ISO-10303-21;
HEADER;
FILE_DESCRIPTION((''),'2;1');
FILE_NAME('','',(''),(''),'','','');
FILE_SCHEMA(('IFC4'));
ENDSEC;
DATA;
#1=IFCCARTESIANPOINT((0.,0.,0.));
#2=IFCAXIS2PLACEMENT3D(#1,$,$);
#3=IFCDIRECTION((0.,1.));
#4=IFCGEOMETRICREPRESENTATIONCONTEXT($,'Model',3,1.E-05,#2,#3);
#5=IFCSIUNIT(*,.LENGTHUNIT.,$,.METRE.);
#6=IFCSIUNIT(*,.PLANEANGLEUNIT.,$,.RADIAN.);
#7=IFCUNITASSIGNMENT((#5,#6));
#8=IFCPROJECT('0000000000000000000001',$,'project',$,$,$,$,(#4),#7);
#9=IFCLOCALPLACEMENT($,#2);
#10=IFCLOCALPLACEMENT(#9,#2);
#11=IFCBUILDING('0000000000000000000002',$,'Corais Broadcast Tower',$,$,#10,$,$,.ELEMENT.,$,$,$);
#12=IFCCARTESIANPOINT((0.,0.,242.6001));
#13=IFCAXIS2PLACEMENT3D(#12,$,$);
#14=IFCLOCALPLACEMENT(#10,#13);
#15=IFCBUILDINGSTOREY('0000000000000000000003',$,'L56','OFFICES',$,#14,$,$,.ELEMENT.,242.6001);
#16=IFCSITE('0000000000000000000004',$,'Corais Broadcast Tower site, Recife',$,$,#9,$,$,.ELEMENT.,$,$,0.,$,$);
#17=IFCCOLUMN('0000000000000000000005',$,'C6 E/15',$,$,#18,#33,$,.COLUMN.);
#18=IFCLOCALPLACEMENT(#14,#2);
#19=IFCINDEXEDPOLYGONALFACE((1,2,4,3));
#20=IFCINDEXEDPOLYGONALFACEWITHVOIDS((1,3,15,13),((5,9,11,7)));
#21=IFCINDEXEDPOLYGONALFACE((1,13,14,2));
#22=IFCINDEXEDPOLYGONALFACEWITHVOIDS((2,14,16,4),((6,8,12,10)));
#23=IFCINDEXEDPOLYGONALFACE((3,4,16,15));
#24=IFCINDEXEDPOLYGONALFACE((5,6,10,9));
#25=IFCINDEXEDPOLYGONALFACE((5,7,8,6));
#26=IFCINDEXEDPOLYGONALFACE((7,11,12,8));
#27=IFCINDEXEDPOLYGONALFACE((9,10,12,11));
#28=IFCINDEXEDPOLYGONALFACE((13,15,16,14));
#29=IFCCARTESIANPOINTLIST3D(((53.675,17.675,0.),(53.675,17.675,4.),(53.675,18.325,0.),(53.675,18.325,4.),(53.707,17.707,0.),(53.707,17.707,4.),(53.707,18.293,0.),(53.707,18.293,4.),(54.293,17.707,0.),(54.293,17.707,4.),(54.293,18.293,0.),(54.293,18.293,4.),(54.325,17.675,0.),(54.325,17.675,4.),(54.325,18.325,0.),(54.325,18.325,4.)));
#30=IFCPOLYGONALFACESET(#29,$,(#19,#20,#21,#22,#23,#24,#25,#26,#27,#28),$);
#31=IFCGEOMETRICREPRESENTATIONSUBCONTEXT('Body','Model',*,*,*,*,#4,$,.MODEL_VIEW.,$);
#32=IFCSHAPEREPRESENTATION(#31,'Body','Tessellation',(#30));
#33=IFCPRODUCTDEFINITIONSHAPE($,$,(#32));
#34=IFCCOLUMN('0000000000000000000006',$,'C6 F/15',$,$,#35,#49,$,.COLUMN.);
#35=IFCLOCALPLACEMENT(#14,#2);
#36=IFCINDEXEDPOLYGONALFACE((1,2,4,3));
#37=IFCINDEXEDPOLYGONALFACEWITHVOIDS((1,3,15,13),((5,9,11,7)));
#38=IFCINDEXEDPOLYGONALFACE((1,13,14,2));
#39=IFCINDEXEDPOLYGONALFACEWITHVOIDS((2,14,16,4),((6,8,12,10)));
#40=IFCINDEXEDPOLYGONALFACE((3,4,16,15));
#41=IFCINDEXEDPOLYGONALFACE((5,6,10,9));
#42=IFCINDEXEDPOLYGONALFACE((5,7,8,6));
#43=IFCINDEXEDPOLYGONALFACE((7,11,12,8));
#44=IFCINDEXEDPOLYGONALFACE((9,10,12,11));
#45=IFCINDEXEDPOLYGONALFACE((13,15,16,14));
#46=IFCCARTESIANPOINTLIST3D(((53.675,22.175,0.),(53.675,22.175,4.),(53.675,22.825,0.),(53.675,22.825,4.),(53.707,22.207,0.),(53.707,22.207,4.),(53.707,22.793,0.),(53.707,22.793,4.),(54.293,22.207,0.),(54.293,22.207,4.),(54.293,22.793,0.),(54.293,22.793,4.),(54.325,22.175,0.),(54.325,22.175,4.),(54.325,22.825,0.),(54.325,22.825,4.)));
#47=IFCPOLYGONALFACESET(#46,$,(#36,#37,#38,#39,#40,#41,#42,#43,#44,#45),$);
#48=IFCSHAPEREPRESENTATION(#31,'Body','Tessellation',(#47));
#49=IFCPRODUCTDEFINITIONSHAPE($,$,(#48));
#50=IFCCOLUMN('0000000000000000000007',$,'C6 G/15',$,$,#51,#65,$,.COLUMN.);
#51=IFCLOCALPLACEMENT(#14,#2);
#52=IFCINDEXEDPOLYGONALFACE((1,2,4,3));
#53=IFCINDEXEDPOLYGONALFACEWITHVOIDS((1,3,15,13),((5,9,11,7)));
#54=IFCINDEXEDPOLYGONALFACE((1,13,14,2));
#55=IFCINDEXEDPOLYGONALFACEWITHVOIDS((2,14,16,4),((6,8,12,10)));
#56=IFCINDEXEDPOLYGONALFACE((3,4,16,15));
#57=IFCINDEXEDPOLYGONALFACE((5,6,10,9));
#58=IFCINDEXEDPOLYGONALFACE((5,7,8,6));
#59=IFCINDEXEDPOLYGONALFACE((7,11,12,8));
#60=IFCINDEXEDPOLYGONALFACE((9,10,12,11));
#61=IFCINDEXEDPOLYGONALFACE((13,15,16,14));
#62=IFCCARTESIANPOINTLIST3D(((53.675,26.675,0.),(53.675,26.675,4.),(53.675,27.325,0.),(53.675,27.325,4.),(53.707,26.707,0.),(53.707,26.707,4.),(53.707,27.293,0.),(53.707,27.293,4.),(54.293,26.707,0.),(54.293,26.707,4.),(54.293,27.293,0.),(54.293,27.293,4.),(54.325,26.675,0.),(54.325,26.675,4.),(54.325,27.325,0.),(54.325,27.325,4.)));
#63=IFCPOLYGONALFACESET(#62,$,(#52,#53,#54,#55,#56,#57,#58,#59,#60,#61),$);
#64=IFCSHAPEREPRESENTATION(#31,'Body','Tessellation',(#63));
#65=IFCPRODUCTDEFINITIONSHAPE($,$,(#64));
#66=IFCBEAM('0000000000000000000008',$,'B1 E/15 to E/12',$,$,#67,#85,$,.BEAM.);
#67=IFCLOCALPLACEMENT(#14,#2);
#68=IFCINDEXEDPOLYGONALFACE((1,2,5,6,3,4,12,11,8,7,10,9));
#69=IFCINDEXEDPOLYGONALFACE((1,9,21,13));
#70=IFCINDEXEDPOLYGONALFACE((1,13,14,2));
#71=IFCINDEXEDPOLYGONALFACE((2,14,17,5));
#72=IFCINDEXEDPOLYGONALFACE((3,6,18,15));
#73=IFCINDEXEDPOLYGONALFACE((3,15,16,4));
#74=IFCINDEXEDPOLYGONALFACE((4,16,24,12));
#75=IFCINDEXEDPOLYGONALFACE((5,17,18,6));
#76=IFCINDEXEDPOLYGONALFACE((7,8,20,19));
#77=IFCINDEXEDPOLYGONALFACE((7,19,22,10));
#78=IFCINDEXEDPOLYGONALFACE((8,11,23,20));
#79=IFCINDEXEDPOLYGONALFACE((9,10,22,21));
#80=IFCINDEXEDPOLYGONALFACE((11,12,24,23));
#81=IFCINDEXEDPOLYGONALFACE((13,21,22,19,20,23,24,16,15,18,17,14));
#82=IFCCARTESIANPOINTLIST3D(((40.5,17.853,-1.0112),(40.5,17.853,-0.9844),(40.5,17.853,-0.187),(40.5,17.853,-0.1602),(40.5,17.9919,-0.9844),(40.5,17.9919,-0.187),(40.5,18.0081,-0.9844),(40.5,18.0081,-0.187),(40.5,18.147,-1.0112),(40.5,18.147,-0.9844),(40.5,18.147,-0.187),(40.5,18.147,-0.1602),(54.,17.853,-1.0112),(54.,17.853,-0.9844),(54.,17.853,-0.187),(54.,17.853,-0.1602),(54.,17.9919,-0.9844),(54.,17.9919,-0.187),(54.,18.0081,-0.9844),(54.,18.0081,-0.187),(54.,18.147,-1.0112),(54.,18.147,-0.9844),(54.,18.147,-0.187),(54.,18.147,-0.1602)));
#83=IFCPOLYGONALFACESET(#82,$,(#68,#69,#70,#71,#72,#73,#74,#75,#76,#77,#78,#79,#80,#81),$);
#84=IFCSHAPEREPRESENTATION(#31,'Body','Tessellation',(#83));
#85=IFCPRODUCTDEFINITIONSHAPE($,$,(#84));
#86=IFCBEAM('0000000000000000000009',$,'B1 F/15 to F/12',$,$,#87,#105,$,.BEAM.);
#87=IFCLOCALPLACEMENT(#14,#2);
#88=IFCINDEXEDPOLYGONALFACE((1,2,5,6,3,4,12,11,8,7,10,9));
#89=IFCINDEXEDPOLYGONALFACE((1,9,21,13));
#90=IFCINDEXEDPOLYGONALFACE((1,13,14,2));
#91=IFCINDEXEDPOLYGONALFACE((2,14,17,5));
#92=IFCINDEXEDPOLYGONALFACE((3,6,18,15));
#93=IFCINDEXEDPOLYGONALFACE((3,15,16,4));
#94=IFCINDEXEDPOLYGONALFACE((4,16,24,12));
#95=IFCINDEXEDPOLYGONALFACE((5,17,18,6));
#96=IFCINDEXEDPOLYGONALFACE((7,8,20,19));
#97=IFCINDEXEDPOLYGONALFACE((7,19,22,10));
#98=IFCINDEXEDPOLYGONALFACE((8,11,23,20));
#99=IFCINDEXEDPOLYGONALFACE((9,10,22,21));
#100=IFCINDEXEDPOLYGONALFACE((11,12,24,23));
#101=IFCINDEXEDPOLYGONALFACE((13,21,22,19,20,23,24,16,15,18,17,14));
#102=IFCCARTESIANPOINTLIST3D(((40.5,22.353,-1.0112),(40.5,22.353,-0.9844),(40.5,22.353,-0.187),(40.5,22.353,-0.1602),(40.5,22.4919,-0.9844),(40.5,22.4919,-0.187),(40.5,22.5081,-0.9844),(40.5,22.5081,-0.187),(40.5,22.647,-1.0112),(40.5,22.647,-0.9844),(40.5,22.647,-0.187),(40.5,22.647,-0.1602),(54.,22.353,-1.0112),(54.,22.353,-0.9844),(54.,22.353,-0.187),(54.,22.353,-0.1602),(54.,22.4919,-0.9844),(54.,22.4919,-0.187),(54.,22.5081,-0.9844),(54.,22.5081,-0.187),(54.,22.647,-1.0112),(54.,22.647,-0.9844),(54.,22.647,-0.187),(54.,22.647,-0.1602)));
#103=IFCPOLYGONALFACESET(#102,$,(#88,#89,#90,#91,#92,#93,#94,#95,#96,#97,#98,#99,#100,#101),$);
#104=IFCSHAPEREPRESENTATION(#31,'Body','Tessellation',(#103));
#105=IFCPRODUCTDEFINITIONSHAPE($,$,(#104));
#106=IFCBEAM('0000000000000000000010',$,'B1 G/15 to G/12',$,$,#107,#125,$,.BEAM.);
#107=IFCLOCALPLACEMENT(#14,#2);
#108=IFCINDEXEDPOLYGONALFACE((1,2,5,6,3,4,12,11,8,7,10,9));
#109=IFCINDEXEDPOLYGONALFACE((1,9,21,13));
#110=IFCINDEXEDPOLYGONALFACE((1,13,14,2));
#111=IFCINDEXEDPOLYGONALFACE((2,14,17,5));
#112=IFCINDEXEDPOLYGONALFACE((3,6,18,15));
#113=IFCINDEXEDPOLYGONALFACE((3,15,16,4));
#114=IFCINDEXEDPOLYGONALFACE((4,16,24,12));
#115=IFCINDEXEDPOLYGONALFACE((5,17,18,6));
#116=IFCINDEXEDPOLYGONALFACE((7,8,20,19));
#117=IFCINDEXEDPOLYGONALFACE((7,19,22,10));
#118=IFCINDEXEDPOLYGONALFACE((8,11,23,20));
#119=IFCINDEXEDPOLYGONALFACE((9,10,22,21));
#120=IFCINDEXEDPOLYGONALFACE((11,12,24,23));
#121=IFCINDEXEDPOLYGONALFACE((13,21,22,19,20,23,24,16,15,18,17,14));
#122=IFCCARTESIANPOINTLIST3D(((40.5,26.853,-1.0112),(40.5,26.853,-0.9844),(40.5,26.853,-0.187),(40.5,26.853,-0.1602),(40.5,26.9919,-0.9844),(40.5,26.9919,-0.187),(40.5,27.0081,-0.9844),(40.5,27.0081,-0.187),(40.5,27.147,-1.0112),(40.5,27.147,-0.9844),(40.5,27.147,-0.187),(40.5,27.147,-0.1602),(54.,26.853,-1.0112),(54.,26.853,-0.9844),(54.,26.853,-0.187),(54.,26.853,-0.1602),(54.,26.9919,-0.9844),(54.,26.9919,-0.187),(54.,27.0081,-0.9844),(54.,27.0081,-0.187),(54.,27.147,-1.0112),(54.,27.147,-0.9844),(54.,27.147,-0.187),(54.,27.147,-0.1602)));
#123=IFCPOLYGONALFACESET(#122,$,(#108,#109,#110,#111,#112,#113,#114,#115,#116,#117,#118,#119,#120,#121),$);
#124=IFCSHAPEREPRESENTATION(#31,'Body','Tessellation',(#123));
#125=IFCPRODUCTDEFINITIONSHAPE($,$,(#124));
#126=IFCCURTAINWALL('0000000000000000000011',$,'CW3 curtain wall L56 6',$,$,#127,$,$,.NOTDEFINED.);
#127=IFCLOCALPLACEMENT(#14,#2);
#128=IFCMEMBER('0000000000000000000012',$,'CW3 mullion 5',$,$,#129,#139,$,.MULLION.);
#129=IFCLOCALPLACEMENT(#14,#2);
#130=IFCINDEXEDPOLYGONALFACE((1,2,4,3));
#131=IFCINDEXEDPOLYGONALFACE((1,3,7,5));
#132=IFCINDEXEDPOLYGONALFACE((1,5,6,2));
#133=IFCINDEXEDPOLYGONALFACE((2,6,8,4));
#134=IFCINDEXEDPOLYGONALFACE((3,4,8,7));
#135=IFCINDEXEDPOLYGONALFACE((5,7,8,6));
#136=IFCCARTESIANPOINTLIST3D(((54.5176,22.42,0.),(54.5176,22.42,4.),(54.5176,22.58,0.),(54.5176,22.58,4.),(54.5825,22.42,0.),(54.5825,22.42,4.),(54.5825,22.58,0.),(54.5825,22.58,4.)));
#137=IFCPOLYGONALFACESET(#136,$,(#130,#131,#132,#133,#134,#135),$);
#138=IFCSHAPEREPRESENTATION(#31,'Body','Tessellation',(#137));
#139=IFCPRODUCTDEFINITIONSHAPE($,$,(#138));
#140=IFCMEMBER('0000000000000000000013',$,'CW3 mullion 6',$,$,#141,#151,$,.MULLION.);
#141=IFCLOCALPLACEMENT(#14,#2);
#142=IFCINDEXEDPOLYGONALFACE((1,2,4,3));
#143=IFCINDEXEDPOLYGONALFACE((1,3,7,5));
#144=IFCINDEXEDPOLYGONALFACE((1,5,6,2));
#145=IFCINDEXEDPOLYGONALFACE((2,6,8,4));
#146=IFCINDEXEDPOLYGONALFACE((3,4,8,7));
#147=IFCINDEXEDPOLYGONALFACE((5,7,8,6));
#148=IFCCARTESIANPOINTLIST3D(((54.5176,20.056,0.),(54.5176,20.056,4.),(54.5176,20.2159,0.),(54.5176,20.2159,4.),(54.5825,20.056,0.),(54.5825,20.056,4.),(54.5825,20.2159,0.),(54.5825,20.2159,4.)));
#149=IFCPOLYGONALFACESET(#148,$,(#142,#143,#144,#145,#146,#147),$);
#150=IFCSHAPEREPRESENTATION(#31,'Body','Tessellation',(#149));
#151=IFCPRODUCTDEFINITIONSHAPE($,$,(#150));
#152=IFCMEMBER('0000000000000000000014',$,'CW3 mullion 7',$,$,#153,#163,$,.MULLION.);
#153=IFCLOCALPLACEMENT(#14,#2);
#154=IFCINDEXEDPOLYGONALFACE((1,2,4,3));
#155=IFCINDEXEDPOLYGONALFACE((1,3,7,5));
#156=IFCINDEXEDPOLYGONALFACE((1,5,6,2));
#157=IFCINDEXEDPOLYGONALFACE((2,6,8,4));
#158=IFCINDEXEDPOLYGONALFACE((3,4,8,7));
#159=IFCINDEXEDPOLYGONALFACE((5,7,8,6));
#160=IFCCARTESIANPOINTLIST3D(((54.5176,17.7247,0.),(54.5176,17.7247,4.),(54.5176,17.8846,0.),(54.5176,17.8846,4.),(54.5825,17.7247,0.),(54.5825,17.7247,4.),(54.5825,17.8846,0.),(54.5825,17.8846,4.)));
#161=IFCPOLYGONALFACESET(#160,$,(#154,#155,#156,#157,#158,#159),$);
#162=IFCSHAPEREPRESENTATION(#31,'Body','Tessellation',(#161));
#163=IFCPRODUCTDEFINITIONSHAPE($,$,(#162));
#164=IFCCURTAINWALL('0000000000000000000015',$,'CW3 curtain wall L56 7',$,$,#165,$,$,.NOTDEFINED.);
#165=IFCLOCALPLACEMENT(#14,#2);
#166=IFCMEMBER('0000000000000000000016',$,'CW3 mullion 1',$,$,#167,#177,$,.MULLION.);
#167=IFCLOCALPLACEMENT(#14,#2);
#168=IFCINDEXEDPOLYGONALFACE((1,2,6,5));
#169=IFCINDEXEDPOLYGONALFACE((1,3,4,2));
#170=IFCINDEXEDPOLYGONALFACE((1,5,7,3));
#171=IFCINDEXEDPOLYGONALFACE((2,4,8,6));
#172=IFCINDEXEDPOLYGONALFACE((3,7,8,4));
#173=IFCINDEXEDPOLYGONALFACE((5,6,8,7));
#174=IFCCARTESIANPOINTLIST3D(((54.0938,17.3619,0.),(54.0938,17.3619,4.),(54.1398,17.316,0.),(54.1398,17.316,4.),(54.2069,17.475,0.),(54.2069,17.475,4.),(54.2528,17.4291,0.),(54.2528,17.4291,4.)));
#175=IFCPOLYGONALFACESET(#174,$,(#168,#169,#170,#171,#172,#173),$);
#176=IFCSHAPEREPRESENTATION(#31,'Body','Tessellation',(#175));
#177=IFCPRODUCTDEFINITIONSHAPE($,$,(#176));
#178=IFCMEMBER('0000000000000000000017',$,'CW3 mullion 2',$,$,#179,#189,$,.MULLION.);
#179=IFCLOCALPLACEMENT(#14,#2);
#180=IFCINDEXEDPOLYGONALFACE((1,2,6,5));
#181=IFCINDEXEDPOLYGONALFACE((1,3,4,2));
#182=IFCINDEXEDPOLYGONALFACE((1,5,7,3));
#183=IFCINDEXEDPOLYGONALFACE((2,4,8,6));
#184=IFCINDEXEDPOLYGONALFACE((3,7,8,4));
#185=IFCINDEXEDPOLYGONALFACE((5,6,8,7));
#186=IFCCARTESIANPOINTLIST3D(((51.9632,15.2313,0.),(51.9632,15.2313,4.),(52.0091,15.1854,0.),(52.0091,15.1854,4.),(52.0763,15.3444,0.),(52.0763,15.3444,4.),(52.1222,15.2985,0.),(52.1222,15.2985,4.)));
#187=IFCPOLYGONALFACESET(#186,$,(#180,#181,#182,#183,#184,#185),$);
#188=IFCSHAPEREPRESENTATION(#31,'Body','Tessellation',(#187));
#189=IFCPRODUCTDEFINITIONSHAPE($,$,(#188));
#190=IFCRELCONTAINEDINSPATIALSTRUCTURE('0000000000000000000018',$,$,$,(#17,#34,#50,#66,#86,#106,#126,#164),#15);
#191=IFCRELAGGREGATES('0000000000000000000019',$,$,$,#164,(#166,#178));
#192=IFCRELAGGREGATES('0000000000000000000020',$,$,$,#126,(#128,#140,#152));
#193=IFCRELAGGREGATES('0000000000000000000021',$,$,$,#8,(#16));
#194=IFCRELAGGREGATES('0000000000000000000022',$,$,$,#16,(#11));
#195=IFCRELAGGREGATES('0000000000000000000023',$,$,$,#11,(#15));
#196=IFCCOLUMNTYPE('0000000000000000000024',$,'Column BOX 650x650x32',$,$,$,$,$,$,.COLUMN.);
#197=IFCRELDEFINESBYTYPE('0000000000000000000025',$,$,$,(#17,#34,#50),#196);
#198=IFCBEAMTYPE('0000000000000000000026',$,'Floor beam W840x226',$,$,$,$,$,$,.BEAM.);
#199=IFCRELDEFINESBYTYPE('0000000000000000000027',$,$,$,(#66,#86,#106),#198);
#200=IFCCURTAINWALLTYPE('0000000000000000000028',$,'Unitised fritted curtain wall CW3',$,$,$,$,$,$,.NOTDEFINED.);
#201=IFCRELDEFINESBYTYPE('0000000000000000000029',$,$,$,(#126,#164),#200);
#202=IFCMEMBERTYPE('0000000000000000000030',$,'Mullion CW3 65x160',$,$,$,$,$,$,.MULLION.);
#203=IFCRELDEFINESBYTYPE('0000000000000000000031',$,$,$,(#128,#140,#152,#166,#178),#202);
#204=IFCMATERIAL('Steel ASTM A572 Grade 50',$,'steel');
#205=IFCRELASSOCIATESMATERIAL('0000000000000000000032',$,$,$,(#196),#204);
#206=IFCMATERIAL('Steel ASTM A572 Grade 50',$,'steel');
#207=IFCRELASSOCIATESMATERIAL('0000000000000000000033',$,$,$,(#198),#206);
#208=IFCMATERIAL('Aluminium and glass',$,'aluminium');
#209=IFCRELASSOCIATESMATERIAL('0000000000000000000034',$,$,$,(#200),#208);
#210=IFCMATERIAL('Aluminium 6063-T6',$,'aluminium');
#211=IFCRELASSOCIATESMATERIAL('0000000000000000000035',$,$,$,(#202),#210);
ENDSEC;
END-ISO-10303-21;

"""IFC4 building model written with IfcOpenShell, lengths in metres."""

from ifc_helpers import new_model, si_unit, direction, frame, origin, origin_2d, place, context, subcontext, project, spatial, rectangle, hollow_rectangle, i_section, extrude, material, material_profile, profile_set, type_object, element, aggregate, save


model = new_model("IFC4")

# Units and contexts
model_context = context("Model", 3, precision=1e-05, world=origin(), true_north=direction((0.0, 1.0)))
body_context = subcontext(model_context, "Body", "Model", "MODEL_VIEW")
ifc_project = project(units=[si_unit("LENGTHUNIT", "METRE"), si_unit("PLANEANGLEUNIT", "RADIAN")], contexts=[model_context])

# Site, building, storey
site_placement = place(None, origin())
site = spatial("IfcSite", under=ifc_project, at=site_placement, Name="Corais Broadcast Tower site, Recife", CompositionType="ELEMENT", RefElevation=0.0)
building_placement = place(site_placement, origin())
building = spatial("IfcBuilding", under=site, at=building_placement, Name="Corais Broadcast Tower", CompositionType="ELEMENT")
storey_placement = place(building_placement, frame((0.0, 0.0, 242.6001)))
storey = spatial("IfcBuildingStorey", under=building, at=storey_placement, Name="L56", Description="OFFICES", CompositionType="ELEMENT", Elevation=242.6001)

# Columns
ifc_material_1 = material(Name="Steel ASTM A572 Grade 50", Category="steel")
ifc_material_profile_1 = material_profile(ifc_material_1, hollow_rectangle(XDim=0.6499, YDim=0.6499, WallThickness=0.032, at=origin_2d()), Name="BOX 650x650x32")
ifc_profile_set_1 = profile_set([ifc_material_profile_1], Name="Steel ASTM A572 Grade 50")
column_type = type_object("IfcColumnType", Name="Column BOX 650x650x32", PredefinedType="COLUMN", material=ifc_profile_set_1)
for number, where, z_axis, x_axis, name in (
    (1, (54.0, 18.0, 0.0), (0.0, 0.0, 1.0), (1.0, 0.0, 0.0), "C6 E/15"),
    (2, (54.0, 22.5, 0.0), (0.0, 0.0, 1.0), (1.0, 0.0, 0.0), "C6 F/15"),
    (3, (54.0, 27.0, 0.0), (0.0, 0.0, 1.0), (1.0, 0.0, 0.0), "C6 G/15"),
):
    element("IfcColumn", number, at=place(storey_placement, frame(where, z_axis=z_axis, x_axis=x_axis)), inside=storey, type_object=column_type, Name=name, PredefinedType="COLUMN", context=body_context, shape_type="SweptSolid", body=[
        extrude(hollow_rectangle(XDim=0.6499, YDim=0.6499, WallThickness=0.032, at=origin_2d()), origin(), (0.0, 0.0, 1.0), 4.0),
    ])

# Beams
ifc_material_2 = material(Name="Steel ASTM A572 Grade 50", Category="steel")
ifc_material_profile_2 = material_profile(ifc_material_2, i_section(OverallWidth=0.2939, OverallDepth=0.8511, WebThickness=0.0161, FlangeThickness=0.0269, at=origin_2d()), Name="W840x226")
ifc_profile_set_2 = profile_set([ifc_material_profile_2], Name="Steel ASTM A572 Grade 50")
beam_type_1 = type_object("IfcBeamType", Name="Floor beam W840x226", PredefinedType="BEAM", material=ifc_profile_set_2)
for number, where, z_axis, x_axis, name in (
    (4, (54.0, 18.0, -0.5857), (-1.0, 0.0, 0.0), (0.0, -1.0, 0.0), "B1 E/15 to E/12"),
    (5, (54.0, 22.5, -0.5857), (-1.0, 0.0, 0.0), (0.0, -1.0, 0.0), "B1 F/15 to F/12"),
    (6, (54.0, 27.0, -0.5857), (-1.0, 0.0, 0.0), (0.0, -1.0, 0.0), "B1 G/15 to G/12"),
):
    element("IfcBeam", number, at=place(storey_placement, frame(where, z_axis=z_axis, x_axis=x_axis)), inside=storey, type_object=beam_type_1, Name=name, PredefinedType="BEAM", context=body_context, shape_type="SweptSolid", body=[
        extrude(i_section(OverallWidth=0.2939, OverallDepth=0.8511, WebThickness=0.0161, FlangeThickness=0.0269, at=origin_2d()), origin(), (0.0, 0.0, 1.0), 13.5),
    ])

# Curtain walls, members
ifc_material_3 = material(Name="Aluminium and glass", Category="aluminium")
curtain_wall_type = type_object("IfcCurtainWallType", Name="Unitised fritted curtain wall CW3", PredefinedType="NOTDEFINED", material=ifc_material_3)
curtain_wall_1_placement = place(storey_placement, origin())
curtain_wall_1 = element("IfcCurtainWall", 7, at=curtain_wall_1_placement, inside=storey, type_object=curtain_wall_type, Name="CW3 curtain wall L56 6", PredefinedType="NOTDEFINED")
ifc_material_4 = material(Name="Aluminium 6063-T6", Category="aluminium")
ifc_material_profile_3 = material_profile(ifc_material_4, rectangle(XDim=0.0649, YDim=0.1599, at=origin_2d()), Name="Mullion CW3 65x160")
ifc_profile_set_3 = profile_set([ifc_material_profile_3], Name="Aluminium 6063-T6")
member_type_1 = type_object("IfcMemberType", Name="Mullion CW3 65x160", PredefinedType="MULLION", material=ifc_profile_set_3)
member_1_placement = place(storey_placement, frame((54.55, 22.5, 0.0), z_axis=(0.0, 0.0, 1.0), x_axis=(1.0, 0.0, 0.0)))
member_1 = element("IfcMember", 8, at=member_1_placement, type_object=member_type_1, Name="CW3 mullion 5", PredefinedType="MULLION", context=body_context, shape_type="SweptSolid", body=[
    extrude(rectangle(XDim=0.0649, YDim=0.1599, at=origin_2d()), origin(), (0.0, 0.0, 1.0), 4.0),
])
member_2_placement = place(storey_placement, frame((54.55, 20.136, 0.0), z_axis=(0.0, 0.0, 1.0), x_axis=(1.0, 0.0, 0.0)))
member_2 = element("IfcMember", 9, at=member_2_placement, type_object=member_type_1, Name="CW3 mullion 6", PredefinedType="MULLION", context=body_context, shape_type="SweptSolid", body=[
    extrude(rectangle(XDim=0.0649, YDim=0.1599, at=origin_2d()), origin(), (0.0, 0.0, 1.0), 4.0),
])
member_3_placement = place(storey_placement, frame((54.55, 17.8047, 0.0), z_axis=(0.0, 0.0, 1.0), x_axis=(1.0, 0.0, 0.0)))
member_3 = element("IfcMember", 10, at=member_3_placement, type_object=member_type_1, Name="CW3 mullion 7", PredefinedType="MULLION", context=body_context, shape_type="SweptSolid", body=[
    extrude(rectangle(XDim=0.0649, YDim=0.1599, at=origin_2d()), origin(), (0.0, 0.0, 1.0), 4.0),
])
curtain_wall_2_placement = place(storey_placement, origin())
curtain_wall_2 = element("IfcCurtainWall", 11, at=curtain_wall_2_placement, inside=storey, type_object=curtain_wall_type, Name="CW3 curtain wall L56 7", PredefinedType="NOTDEFINED")
member_4_placement = place(storey_placement, frame((54.1733, 17.3955, 0.0), z_axis=(0.0, 0.0, 1.0), x_axis=(0.707107, -0.707107, 0.0)))
member_4 = element("IfcMember", 12, at=member_4_placement, type_object=member_type_1, Name="CW3 mullion 1", PredefinedType="MULLION", context=body_context, shape_type="SweptSolid", body=[
    extrude(rectangle(XDim=0.0649, YDim=0.1599, at=origin_2d()), origin(), (0.0, 0.0, 1.0), 4.0),
])
member_5_placement = place(storey_placement, frame((52.0427, 15.2649, 0.0), z_axis=(0.0, 0.0, 1.0), x_axis=(0.707107, -0.707107, 0.0)))
member_5 = element("IfcMember", 13, at=member_5_placement, type_object=member_type_1, Name="CW3 mullion 2", PredefinedType="MULLION", context=body_context, shape_type="SweptSolid", body=[
    extrude(rectangle(XDim=0.0649, YDim=0.1599, at=origin_2d()), origin(), (0.0, 0.0, 1.0), 4.0),
])

aggregate(curtain_wall_2, [member_4, member_5])
aggregate(curtain_wall_1, [member_1, member_2, member_3])

save(model, "model.ifc")
